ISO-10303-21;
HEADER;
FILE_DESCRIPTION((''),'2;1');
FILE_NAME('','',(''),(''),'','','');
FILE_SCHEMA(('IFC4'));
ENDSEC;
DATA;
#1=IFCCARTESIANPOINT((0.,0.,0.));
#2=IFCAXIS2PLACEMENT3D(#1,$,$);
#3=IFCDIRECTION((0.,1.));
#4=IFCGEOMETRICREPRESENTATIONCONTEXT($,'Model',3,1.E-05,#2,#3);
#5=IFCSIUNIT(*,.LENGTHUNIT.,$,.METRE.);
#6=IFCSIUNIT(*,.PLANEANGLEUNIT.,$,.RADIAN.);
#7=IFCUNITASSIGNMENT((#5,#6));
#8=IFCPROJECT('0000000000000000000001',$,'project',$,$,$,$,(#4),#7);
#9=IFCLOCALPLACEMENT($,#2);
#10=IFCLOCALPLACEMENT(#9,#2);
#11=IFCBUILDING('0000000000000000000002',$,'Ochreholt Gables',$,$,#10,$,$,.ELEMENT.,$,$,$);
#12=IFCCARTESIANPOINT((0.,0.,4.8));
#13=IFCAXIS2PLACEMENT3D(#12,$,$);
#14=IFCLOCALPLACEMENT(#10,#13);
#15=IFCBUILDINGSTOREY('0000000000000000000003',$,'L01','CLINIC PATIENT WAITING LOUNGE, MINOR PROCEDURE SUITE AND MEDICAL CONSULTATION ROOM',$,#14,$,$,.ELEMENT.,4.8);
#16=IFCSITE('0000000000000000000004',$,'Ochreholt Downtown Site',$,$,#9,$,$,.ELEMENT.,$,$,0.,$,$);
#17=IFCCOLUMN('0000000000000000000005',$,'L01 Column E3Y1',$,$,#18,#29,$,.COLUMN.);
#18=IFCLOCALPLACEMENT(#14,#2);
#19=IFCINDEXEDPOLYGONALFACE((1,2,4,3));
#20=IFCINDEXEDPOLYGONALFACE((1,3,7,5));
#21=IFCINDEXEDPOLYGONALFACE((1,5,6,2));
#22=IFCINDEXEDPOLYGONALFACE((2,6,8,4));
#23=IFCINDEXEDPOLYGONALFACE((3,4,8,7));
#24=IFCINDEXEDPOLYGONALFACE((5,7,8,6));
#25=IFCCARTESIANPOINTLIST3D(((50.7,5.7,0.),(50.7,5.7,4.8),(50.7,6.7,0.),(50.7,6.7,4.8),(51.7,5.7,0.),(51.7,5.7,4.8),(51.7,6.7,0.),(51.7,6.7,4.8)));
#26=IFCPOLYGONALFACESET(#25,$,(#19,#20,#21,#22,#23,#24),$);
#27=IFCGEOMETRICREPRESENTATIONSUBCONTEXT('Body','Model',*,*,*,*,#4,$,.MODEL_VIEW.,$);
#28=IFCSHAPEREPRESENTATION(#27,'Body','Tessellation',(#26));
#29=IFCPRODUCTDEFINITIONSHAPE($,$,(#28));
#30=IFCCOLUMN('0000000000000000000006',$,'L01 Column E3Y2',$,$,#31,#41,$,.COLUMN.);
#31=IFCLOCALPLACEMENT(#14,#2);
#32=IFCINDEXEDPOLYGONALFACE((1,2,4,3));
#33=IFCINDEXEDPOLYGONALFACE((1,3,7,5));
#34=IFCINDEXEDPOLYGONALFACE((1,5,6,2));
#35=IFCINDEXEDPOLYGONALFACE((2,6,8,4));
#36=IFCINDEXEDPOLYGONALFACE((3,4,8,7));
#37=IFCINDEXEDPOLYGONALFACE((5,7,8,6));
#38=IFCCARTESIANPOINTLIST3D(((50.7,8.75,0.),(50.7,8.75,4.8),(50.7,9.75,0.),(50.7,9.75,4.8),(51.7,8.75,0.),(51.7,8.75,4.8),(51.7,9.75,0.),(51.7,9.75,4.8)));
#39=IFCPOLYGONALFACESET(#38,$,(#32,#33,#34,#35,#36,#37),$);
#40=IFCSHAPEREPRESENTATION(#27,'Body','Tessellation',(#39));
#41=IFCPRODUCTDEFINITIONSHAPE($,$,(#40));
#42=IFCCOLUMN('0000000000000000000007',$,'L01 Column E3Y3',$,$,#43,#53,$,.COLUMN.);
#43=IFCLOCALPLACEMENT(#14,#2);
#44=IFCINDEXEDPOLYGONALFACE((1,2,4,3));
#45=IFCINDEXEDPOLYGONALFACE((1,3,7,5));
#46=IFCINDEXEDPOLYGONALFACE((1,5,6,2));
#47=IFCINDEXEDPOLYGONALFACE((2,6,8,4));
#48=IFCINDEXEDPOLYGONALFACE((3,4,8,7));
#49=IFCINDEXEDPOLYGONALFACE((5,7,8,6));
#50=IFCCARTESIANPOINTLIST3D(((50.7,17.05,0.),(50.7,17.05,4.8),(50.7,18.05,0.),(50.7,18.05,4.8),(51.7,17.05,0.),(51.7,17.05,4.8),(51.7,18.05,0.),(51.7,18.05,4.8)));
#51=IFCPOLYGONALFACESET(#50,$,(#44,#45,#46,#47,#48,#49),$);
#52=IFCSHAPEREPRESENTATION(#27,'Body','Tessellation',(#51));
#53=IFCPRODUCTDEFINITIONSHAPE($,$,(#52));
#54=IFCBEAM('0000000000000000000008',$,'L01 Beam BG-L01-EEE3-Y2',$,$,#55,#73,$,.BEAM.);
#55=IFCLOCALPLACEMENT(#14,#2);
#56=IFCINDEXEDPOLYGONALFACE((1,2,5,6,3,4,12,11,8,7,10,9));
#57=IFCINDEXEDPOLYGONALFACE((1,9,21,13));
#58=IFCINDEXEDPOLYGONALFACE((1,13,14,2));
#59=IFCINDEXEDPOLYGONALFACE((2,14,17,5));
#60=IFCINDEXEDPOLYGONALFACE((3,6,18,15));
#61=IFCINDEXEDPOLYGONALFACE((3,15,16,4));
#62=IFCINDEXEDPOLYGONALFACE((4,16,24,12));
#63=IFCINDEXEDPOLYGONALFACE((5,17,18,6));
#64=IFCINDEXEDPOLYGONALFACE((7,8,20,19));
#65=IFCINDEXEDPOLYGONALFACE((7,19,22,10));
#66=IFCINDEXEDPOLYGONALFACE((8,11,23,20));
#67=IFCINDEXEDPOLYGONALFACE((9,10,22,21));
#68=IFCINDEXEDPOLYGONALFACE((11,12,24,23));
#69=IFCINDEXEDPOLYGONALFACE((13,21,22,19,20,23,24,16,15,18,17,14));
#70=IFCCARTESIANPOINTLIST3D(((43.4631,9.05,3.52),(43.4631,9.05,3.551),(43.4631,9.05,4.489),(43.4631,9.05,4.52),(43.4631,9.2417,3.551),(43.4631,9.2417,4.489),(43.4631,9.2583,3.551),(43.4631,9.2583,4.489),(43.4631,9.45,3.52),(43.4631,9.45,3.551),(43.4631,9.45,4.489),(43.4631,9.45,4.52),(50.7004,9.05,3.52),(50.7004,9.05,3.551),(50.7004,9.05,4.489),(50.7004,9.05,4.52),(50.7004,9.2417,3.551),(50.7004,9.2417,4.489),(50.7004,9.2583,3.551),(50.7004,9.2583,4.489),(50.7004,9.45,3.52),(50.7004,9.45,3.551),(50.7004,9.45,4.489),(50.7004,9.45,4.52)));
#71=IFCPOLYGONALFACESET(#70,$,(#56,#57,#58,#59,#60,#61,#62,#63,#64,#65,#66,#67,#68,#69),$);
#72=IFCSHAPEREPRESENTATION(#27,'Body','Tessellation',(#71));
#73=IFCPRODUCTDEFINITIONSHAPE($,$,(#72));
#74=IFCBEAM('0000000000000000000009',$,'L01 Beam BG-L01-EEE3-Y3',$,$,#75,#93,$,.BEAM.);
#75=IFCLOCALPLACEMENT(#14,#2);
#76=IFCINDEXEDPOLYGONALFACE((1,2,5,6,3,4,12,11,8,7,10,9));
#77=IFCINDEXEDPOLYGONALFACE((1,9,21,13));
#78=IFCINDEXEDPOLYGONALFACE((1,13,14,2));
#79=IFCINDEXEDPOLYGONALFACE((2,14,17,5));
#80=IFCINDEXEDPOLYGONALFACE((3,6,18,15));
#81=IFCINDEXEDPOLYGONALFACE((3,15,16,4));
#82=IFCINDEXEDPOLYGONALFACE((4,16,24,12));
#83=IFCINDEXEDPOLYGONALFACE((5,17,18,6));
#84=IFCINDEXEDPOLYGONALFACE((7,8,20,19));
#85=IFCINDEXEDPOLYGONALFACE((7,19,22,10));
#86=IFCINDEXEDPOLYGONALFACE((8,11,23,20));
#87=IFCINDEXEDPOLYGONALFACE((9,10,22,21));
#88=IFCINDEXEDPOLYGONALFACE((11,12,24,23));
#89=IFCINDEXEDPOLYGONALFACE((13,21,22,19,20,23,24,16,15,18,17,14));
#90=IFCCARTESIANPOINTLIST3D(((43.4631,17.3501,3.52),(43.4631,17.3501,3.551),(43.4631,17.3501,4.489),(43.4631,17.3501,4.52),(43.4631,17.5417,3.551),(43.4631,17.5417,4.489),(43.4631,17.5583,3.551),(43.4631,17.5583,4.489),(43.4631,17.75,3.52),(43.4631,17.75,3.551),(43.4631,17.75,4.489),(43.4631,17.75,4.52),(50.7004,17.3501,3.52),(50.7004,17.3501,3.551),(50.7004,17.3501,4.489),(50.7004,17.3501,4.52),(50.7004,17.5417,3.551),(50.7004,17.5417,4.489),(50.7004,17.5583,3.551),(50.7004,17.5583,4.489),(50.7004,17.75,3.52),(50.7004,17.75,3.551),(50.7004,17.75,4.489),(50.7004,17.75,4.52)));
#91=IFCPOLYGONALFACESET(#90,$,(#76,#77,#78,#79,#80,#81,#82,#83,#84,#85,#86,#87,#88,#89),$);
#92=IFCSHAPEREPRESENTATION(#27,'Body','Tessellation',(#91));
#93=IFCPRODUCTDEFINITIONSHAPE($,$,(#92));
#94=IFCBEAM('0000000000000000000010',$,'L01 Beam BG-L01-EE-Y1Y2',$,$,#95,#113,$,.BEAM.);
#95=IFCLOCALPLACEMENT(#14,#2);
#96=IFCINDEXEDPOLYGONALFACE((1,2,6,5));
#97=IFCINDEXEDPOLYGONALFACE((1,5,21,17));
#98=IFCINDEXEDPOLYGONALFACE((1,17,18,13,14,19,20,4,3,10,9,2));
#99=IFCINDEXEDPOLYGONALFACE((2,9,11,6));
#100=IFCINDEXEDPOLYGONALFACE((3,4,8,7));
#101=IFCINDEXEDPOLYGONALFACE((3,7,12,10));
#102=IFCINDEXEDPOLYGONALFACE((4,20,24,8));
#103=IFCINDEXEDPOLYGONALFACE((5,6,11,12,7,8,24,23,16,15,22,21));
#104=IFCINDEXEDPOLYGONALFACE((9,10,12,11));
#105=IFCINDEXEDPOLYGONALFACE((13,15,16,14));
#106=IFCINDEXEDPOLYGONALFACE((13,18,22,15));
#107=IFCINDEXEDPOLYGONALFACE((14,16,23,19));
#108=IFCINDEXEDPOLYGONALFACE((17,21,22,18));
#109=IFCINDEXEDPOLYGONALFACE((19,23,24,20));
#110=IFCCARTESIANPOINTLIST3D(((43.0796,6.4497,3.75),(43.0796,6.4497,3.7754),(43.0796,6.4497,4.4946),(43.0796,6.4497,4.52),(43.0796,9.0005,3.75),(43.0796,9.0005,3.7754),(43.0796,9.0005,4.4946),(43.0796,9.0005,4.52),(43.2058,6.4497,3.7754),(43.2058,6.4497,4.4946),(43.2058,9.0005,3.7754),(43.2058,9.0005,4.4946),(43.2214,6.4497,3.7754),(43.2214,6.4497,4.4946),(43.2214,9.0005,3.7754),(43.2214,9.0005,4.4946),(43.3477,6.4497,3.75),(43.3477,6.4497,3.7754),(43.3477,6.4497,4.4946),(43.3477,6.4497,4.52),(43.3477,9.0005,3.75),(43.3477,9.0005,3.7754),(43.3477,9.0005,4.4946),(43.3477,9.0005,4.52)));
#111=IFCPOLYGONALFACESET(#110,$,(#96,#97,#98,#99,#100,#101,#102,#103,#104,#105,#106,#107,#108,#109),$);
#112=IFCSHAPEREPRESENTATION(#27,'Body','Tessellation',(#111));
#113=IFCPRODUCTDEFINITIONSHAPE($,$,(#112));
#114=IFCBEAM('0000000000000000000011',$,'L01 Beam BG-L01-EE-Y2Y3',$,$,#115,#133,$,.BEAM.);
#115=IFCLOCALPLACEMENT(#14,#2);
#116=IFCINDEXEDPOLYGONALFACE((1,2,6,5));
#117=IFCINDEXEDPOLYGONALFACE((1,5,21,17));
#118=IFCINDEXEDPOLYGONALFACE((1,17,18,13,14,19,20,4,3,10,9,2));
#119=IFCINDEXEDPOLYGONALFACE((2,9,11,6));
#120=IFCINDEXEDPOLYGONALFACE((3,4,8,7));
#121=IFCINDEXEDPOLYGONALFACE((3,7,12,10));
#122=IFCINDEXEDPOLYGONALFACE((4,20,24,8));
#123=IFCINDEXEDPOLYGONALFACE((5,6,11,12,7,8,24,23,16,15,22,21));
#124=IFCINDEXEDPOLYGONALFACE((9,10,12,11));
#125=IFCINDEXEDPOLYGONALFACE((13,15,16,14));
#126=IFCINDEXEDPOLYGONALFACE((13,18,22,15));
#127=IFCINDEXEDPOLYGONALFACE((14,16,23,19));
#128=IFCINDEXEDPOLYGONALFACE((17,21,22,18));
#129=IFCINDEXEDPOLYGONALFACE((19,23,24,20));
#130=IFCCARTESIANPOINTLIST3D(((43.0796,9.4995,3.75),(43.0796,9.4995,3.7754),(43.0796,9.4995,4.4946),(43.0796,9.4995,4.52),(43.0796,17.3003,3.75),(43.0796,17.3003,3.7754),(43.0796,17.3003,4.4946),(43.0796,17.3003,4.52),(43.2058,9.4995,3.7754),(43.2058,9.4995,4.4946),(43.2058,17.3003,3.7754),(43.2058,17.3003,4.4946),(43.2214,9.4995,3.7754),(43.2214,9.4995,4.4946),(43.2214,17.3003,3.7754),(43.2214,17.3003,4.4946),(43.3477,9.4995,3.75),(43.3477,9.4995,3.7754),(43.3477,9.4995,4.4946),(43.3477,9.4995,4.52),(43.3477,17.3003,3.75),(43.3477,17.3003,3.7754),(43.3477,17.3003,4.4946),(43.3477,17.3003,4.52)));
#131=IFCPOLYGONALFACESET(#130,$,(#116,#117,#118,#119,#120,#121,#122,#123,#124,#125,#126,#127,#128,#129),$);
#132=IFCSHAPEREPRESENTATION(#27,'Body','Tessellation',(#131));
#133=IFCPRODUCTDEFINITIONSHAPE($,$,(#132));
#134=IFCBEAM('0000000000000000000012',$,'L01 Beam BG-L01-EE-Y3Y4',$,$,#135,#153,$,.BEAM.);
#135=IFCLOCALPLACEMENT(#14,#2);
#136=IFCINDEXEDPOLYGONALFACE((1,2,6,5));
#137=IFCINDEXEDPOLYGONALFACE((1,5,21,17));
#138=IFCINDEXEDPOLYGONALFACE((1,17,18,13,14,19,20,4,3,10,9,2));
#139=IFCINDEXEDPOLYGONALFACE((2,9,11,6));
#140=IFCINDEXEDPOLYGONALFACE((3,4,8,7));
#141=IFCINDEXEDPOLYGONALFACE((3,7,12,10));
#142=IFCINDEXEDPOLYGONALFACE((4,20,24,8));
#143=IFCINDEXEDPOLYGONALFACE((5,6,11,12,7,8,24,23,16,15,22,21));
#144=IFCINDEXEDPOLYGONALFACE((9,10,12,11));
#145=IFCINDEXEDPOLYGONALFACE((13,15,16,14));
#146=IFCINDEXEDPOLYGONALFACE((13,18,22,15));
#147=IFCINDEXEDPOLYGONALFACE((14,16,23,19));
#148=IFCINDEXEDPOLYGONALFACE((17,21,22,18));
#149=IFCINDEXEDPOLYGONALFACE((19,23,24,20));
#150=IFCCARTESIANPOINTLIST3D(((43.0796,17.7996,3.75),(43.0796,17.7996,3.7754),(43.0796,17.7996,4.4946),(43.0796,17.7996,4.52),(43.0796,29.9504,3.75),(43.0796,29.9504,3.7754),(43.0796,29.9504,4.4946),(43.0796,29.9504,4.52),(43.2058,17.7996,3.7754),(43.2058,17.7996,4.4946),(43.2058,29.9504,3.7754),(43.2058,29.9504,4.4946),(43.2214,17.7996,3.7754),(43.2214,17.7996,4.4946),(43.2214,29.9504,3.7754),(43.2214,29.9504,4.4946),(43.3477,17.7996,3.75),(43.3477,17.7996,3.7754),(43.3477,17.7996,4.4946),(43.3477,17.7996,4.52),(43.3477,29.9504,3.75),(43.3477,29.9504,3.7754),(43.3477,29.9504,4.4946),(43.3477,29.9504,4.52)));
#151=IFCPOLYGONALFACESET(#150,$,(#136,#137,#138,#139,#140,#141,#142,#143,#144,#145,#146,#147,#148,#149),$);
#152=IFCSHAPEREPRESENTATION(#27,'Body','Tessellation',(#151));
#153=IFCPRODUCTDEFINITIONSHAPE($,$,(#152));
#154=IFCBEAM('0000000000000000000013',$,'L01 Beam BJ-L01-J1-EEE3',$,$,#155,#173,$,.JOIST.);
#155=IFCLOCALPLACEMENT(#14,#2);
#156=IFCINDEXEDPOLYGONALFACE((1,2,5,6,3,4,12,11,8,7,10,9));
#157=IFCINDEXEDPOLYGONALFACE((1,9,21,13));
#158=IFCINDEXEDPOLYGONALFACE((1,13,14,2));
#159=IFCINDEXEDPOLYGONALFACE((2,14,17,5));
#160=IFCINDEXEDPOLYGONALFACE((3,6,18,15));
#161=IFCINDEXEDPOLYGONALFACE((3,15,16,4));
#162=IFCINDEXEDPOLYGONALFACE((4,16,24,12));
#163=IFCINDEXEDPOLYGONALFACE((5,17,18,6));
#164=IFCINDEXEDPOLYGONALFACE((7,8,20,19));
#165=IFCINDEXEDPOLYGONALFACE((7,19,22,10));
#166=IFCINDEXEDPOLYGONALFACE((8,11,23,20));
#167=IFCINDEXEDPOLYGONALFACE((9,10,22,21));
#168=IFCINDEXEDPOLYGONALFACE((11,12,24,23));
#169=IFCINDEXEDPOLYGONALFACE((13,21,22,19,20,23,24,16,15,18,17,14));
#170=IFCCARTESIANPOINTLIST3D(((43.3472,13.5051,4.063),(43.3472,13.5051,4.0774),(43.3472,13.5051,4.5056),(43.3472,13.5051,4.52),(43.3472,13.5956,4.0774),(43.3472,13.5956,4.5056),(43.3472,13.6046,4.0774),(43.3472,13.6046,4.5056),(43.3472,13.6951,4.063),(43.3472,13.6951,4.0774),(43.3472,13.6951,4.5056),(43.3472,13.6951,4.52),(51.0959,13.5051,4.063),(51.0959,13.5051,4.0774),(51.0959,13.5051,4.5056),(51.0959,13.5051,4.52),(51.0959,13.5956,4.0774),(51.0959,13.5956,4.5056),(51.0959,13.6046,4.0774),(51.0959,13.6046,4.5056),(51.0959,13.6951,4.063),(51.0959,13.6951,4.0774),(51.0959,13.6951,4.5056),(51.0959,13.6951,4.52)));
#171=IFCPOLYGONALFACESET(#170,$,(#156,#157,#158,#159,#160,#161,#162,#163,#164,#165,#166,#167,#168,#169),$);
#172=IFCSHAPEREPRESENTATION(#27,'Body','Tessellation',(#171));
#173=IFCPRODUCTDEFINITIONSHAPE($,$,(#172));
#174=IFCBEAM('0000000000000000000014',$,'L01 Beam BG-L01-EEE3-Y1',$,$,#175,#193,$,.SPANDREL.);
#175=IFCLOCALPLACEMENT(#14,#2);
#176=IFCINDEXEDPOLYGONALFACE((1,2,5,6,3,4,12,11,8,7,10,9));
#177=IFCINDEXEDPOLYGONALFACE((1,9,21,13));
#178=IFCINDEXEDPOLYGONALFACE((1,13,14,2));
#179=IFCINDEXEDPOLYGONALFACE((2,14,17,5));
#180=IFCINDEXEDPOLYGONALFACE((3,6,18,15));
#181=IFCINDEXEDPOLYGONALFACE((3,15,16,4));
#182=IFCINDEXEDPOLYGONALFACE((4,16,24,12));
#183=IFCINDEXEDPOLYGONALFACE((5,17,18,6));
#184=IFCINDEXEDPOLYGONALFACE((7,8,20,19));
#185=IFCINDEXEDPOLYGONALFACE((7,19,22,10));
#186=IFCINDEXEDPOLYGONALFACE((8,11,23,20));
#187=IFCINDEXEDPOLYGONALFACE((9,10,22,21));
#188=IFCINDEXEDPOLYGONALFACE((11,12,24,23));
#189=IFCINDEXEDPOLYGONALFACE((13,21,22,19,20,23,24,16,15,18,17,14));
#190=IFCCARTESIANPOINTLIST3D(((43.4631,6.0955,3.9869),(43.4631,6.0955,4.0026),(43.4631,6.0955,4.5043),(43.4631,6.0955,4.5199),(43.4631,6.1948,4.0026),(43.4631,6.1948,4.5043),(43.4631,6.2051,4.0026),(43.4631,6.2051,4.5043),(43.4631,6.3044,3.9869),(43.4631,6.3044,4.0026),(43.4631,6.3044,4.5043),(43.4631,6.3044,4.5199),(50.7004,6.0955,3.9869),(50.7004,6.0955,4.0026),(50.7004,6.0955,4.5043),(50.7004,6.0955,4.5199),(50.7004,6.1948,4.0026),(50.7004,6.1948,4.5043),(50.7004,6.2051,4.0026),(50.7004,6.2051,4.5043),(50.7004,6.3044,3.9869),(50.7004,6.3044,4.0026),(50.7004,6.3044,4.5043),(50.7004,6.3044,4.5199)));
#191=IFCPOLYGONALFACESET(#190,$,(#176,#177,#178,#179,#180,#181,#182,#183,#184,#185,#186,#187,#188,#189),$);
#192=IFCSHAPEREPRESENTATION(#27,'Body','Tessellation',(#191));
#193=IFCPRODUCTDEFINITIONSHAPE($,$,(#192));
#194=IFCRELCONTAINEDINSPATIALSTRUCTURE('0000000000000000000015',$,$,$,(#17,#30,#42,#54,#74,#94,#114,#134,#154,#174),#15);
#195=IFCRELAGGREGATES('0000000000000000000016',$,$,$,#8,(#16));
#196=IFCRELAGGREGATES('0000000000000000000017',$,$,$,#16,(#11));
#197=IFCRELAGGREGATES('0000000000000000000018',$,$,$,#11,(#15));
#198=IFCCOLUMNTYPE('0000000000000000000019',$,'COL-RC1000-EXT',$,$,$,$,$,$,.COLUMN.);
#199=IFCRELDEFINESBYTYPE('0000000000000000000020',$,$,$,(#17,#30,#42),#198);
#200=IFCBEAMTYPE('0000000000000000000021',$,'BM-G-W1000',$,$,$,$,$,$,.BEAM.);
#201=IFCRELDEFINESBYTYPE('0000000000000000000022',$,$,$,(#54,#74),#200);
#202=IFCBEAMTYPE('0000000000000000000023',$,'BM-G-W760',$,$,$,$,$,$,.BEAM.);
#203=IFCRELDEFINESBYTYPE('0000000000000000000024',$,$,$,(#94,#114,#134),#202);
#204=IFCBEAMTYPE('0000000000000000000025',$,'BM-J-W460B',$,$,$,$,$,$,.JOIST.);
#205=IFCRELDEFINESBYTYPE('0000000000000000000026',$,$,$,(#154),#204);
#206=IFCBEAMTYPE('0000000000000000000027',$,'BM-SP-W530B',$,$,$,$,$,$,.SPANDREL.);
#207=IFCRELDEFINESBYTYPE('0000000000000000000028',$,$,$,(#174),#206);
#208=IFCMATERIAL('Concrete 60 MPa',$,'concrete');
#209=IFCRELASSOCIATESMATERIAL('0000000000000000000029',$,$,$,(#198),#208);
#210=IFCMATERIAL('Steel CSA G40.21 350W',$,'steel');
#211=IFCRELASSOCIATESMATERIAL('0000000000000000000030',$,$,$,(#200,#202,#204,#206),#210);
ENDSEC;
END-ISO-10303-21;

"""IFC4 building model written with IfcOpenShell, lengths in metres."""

from ifc_helpers import new_model, si_unit, direction, frame, origin, origin_2d, place, context, subcontext, project, spatial, rectangle, i_section, extrude, material, material_profile, profile_set, type_object, element, save


model = new_model("IFC4")

# Units and contexts
model_context = context("Model", 3, precision=1e-05, world=origin(), true_north=direction((0.0, 1.0)))
body_context = subcontext(model_context, "Body", "Model", "MODEL_VIEW")
ifc_project = project(units=[si_unit("LENGTHUNIT", "METRE"), si_unit("PLANEANGLEUNIT", "RADIAN")], contexts=[model_context])

# Site, building, storey
site_placement = place(None, origin())
site = spatial("IfcSite", under=ifc_project, at=site_placement, Name="Ochreholt Downtown Site", CompositionType="ELEMENT", RefElevation=0.0)
building_placement = place(site_placement, origin())
building = spatial("IfcBuilding", under=site, at=building_placement, Name="Ochreholt Gables", CompositionType="ELEMENT")
storey_placement = place(building_placement, frame((0.0, 0.0, 4.8)))
storey = spatial("IfcBuildingStorey", under=building, at=storey_placement, Name="L01", Description="CLINIC PATIENT WAITING LOUNGE, MINOR PROCEDURE SUITE AND MEDICAL CONSULTATION ROOM", CompositionType="ELEMENT", Elevation=4.8)

# Columns
ifc_material_1 = material(Name="Concrete 60 MPa", Category="concrete")
ifc_material_profile_1 = material_profile(ifc_material_1, rectangle(XDim=1.0, YDim=1.0, at=origin_2d()), Name="RC1000X1000")
ifc_profile_set_1 = profile_set([ifc_material_profile_1], Name="Concrete 60 MPa")
column_type = type_object("IfcColumnType", Name="COL-RC1000-EXT", PredefinedType="COLUMN", material=ifc_profile_set_1)
for number, where, z_axis, x_axis, name in (
    (1, (51.2, 6.2, 0.0), (0.0, 0.0, 1.0), (1.0, 0.0, 0.0), "L01 Column E3Y1"),
    (2, (51.2, 9.25, 0.0), (0.0, 0.0, 1.0), (1.0, 0.0, 0.0), "L01 Column E3Y2"),
    (3, (51.2, 17.55, 0.0), (0.0, 0.0, 1.0), (1.0, 0.0, 0.0), "L01 Column E3Y3"),
):
    element("IfcColumn", number, at=place(storey_placement, frame(where, z_axis=z_axis, x_axis=x_axis)), inside=storey, type_object=column_type, Name=name, PredefinedType="COLUMN", context=body_context, shape_type="SweptSolid", body=[
        extrude(rectangle(XDim=1.0, YDim=1.0, at=origin_2d()), origin(), (0.0, 0.0, 1.0), 4.8),
    ])

# Beams
ifc_material_2 = material(Name="Steel CSA G40.21 350W", Category="steel")
ifc_material_profile_2 = material_profile(ifc_material_2, i_section(OverallWidth=0.3999, OverallDepth=1.0, WebThickness=0.0166, FlangeThickness=0.031, at=origin_2d()), Name="W1000X321")
ifc_profile_set_2 = profile_set([ifc_material_profile_2], Name="Steel CSA G40.21 350W")
beam_type_1 = type_object("IfcBeamType", Name="BM-G-W1000", PredefinedType="BEAM", material=ifc_profile_set_2)
for number, where, z_axis, x_axis, name in (
    (4, (43.4631, 9.25, 4.02), (1.0, 0.0, 0.0), (0.0, 1.0, 0.0), "L01 Beam BG-L01-EEE3-Y2"),
    (5, (43.4631, 17.55, 4.02), (1.0, 0.0, 0.0), (0.0, 1.0, 0.0), "L01 Beam BG-L01-EEE3-Y3"),
):
    element("IfcBeam", number, at=place(storey_placement, frame(where, z_axis=z_axis, x_axis=x_axis)), inside=storey, type_object=beam_type_1, Name=name, PredefinedType="BEAM", context=body_context, shape_type="SweptSolid", body=[
        extrude(i_section(OverallWidth=0.3999, OverallDepth=1.0, WebThickness=0.0166, FlangeThickness=0.031, at=origin_2d()), origin(), (0.0, 0.0, 1.0), 7.2373),
    ])
ifc_material_profile_3 = material_profile(ifc_material_2, i_section(OverallWidth=0.2681, OverallDepth=0.77, WebThickness=0.0156, FlangeThickness=0.0254, at=origin_2d()), Name="W760X196")
ifc_profile_set_3 = profile_set([ifc_material_profile_3], Name="Steel CSA G40.21 350W")
beam_type_2 = type_object("IfcBeamType", Name="BM-G-W760", PredefinedType="BEAM", material=ifc_profile_set_3)
beam_1_placement = place(storey_placement, frame((43.2136, 6.4497, 4.135), z_axis=(0.0, 1.0, 0.0), x_axis=(-1.0, 0.0, 0.0)))
element("IfcBeam", 6, at=beam_1_placement, inside=storey, type_object=beam_type_2, Name="L01 Beam BG-L01-EE-Y1Y2", PredefinedType="BEAM", context=body_context, shape_type="SweptSolid", body=[
    extrude(i_section(OverallWidth=0.2681, OverallDepth=0.77, WebThickness=0.0156, FlangeThickness=0.0254, at=origin_2d()), origin(), (0.0, 0.0, 1.0), 2.5508),
])
beam_2_placement = place(storey_placement, frame((43.2136, 9.4995, 4.135), z_axis=(0.0, 1.0, 0.0), x_axis=(-1.0, 0.0, 0.0)))
element("IfcBeam", 7, at=beam_2_placement, inside=storey, type_object=beam_type_2, Name="L01 Beam BG-L01-EE-Y2Y3", PredefinedType="BEAM", context=body_context, shape_type="SweptSolid", body=[
    extrude(i_section(OverallWidth=0.2681, OverallDepth=0.77, WebThickness=0.0156, FlangeThickness=0.0254, at=origin_2d()), origin(), (0.0, 0.0, 1.0), 7.8008),
])
beam_3_placement = place(storey_placement, frame((43.2136, 17.7996, 4.135), z_axis=(0.0, 1.0, 0.0), x_axis=(-1.0, 0.0, 0.0)))
element("IfcBeam", 8, at=beam_3_placement, inside=storey, type_object=beam_type_2, Name="L01 Beam BG-L01-EE-Y3Y4", PredefinedType="BEAM", context=body_context, shape_type="SweptSolid", body=[
    extrude(i_section(OverallWidth=0.2681, OverallDepth=0.77, WebThickness=0.0156, FlangeThickness=0.0254, at=origin_2d()), origin(), (0.0, 0.0, 1.0), 12.1509),
])
ifc_material_profile_4 = material_profile(ifc_material_2, i_section(OverallWidth=0.1899, OverallDepth=0.457, WebThickness=0.009, FlangeThickness=0.0144, at=origin_2d()), Name="W460X74")
ifc_profile_set_4 = profile_set([ifc_material_profile_4], Name="Steel CSA G40.21 350W")
beam_type_3 = type_object("IfcBeamType", Name="BM-J-W460B", PredefinedType="JOIST", material=ifc_profile_set_4)
beam_4_placement = place(storey_placement, frame((43.3472, 13.6001, 4.2915), z_axis=(1.0, 0.0, 0.0), x_axis=(0.0, 1.0, 0.0)))
element("IfcBeam", 9, at=beam_4_placement, inside=storey, type_object=beam_type_3, Name="L01 Beam BJ-L01-J1-EEE3", PredefinedType="JOIST", context=body_context, shape_type="SweptSolid", body=[
    extrude(i_section(OverallWidth=0.1899, OverallDepth=0.457, WebThickness=0.009, FlangeThickness=0.0144, at=origin_2d()), origin(), (0.0, 0.0, 1.0), 7.7488),
])
ifc_material_profile_5 = material_profile(ifc_material_2, i_section(OverallWidth=0.209, OverallDepth=0.533, WebThickness=0.0103, FlangeThickness=0.0156, at=origin_2d()), Name="W530X92")
ifc_profile_set_5 = profile_set([ifc_material_profile_5], Name="Steel CSA G40.21 350W")
beam_type_4 = type_object("IfcBeamType", Name="BM-SP-W530B", PredefinedType="SPANDREL", material=ifc_profile_set_5)
beam_5_placement = place(storey_placement, frame((43.4631, 6.2, 4.2534), z_axis=(1.0, 0.0, 0.0), x_axis=(0.0, 1.0, 0.0)))
element("IfcBeam", 10, at=beam_5_placement, inside=storey, type_object=beam_type_4, Name="L01 Beam BG-L01-EEE3-Y1", PredefinedType="SPANDREL", context=body_context, shape_type="SweptSolid", body=[
    extrude(i_section(OverallWidth=0.209, OverallDepth=0.533, WebThickness=0.0103, FlangeThickness=0.0156, at=origin_2d()), origin(), (0.0, 0.0, 1.0), 7.2373),
])

save(model, "model.ifc")
